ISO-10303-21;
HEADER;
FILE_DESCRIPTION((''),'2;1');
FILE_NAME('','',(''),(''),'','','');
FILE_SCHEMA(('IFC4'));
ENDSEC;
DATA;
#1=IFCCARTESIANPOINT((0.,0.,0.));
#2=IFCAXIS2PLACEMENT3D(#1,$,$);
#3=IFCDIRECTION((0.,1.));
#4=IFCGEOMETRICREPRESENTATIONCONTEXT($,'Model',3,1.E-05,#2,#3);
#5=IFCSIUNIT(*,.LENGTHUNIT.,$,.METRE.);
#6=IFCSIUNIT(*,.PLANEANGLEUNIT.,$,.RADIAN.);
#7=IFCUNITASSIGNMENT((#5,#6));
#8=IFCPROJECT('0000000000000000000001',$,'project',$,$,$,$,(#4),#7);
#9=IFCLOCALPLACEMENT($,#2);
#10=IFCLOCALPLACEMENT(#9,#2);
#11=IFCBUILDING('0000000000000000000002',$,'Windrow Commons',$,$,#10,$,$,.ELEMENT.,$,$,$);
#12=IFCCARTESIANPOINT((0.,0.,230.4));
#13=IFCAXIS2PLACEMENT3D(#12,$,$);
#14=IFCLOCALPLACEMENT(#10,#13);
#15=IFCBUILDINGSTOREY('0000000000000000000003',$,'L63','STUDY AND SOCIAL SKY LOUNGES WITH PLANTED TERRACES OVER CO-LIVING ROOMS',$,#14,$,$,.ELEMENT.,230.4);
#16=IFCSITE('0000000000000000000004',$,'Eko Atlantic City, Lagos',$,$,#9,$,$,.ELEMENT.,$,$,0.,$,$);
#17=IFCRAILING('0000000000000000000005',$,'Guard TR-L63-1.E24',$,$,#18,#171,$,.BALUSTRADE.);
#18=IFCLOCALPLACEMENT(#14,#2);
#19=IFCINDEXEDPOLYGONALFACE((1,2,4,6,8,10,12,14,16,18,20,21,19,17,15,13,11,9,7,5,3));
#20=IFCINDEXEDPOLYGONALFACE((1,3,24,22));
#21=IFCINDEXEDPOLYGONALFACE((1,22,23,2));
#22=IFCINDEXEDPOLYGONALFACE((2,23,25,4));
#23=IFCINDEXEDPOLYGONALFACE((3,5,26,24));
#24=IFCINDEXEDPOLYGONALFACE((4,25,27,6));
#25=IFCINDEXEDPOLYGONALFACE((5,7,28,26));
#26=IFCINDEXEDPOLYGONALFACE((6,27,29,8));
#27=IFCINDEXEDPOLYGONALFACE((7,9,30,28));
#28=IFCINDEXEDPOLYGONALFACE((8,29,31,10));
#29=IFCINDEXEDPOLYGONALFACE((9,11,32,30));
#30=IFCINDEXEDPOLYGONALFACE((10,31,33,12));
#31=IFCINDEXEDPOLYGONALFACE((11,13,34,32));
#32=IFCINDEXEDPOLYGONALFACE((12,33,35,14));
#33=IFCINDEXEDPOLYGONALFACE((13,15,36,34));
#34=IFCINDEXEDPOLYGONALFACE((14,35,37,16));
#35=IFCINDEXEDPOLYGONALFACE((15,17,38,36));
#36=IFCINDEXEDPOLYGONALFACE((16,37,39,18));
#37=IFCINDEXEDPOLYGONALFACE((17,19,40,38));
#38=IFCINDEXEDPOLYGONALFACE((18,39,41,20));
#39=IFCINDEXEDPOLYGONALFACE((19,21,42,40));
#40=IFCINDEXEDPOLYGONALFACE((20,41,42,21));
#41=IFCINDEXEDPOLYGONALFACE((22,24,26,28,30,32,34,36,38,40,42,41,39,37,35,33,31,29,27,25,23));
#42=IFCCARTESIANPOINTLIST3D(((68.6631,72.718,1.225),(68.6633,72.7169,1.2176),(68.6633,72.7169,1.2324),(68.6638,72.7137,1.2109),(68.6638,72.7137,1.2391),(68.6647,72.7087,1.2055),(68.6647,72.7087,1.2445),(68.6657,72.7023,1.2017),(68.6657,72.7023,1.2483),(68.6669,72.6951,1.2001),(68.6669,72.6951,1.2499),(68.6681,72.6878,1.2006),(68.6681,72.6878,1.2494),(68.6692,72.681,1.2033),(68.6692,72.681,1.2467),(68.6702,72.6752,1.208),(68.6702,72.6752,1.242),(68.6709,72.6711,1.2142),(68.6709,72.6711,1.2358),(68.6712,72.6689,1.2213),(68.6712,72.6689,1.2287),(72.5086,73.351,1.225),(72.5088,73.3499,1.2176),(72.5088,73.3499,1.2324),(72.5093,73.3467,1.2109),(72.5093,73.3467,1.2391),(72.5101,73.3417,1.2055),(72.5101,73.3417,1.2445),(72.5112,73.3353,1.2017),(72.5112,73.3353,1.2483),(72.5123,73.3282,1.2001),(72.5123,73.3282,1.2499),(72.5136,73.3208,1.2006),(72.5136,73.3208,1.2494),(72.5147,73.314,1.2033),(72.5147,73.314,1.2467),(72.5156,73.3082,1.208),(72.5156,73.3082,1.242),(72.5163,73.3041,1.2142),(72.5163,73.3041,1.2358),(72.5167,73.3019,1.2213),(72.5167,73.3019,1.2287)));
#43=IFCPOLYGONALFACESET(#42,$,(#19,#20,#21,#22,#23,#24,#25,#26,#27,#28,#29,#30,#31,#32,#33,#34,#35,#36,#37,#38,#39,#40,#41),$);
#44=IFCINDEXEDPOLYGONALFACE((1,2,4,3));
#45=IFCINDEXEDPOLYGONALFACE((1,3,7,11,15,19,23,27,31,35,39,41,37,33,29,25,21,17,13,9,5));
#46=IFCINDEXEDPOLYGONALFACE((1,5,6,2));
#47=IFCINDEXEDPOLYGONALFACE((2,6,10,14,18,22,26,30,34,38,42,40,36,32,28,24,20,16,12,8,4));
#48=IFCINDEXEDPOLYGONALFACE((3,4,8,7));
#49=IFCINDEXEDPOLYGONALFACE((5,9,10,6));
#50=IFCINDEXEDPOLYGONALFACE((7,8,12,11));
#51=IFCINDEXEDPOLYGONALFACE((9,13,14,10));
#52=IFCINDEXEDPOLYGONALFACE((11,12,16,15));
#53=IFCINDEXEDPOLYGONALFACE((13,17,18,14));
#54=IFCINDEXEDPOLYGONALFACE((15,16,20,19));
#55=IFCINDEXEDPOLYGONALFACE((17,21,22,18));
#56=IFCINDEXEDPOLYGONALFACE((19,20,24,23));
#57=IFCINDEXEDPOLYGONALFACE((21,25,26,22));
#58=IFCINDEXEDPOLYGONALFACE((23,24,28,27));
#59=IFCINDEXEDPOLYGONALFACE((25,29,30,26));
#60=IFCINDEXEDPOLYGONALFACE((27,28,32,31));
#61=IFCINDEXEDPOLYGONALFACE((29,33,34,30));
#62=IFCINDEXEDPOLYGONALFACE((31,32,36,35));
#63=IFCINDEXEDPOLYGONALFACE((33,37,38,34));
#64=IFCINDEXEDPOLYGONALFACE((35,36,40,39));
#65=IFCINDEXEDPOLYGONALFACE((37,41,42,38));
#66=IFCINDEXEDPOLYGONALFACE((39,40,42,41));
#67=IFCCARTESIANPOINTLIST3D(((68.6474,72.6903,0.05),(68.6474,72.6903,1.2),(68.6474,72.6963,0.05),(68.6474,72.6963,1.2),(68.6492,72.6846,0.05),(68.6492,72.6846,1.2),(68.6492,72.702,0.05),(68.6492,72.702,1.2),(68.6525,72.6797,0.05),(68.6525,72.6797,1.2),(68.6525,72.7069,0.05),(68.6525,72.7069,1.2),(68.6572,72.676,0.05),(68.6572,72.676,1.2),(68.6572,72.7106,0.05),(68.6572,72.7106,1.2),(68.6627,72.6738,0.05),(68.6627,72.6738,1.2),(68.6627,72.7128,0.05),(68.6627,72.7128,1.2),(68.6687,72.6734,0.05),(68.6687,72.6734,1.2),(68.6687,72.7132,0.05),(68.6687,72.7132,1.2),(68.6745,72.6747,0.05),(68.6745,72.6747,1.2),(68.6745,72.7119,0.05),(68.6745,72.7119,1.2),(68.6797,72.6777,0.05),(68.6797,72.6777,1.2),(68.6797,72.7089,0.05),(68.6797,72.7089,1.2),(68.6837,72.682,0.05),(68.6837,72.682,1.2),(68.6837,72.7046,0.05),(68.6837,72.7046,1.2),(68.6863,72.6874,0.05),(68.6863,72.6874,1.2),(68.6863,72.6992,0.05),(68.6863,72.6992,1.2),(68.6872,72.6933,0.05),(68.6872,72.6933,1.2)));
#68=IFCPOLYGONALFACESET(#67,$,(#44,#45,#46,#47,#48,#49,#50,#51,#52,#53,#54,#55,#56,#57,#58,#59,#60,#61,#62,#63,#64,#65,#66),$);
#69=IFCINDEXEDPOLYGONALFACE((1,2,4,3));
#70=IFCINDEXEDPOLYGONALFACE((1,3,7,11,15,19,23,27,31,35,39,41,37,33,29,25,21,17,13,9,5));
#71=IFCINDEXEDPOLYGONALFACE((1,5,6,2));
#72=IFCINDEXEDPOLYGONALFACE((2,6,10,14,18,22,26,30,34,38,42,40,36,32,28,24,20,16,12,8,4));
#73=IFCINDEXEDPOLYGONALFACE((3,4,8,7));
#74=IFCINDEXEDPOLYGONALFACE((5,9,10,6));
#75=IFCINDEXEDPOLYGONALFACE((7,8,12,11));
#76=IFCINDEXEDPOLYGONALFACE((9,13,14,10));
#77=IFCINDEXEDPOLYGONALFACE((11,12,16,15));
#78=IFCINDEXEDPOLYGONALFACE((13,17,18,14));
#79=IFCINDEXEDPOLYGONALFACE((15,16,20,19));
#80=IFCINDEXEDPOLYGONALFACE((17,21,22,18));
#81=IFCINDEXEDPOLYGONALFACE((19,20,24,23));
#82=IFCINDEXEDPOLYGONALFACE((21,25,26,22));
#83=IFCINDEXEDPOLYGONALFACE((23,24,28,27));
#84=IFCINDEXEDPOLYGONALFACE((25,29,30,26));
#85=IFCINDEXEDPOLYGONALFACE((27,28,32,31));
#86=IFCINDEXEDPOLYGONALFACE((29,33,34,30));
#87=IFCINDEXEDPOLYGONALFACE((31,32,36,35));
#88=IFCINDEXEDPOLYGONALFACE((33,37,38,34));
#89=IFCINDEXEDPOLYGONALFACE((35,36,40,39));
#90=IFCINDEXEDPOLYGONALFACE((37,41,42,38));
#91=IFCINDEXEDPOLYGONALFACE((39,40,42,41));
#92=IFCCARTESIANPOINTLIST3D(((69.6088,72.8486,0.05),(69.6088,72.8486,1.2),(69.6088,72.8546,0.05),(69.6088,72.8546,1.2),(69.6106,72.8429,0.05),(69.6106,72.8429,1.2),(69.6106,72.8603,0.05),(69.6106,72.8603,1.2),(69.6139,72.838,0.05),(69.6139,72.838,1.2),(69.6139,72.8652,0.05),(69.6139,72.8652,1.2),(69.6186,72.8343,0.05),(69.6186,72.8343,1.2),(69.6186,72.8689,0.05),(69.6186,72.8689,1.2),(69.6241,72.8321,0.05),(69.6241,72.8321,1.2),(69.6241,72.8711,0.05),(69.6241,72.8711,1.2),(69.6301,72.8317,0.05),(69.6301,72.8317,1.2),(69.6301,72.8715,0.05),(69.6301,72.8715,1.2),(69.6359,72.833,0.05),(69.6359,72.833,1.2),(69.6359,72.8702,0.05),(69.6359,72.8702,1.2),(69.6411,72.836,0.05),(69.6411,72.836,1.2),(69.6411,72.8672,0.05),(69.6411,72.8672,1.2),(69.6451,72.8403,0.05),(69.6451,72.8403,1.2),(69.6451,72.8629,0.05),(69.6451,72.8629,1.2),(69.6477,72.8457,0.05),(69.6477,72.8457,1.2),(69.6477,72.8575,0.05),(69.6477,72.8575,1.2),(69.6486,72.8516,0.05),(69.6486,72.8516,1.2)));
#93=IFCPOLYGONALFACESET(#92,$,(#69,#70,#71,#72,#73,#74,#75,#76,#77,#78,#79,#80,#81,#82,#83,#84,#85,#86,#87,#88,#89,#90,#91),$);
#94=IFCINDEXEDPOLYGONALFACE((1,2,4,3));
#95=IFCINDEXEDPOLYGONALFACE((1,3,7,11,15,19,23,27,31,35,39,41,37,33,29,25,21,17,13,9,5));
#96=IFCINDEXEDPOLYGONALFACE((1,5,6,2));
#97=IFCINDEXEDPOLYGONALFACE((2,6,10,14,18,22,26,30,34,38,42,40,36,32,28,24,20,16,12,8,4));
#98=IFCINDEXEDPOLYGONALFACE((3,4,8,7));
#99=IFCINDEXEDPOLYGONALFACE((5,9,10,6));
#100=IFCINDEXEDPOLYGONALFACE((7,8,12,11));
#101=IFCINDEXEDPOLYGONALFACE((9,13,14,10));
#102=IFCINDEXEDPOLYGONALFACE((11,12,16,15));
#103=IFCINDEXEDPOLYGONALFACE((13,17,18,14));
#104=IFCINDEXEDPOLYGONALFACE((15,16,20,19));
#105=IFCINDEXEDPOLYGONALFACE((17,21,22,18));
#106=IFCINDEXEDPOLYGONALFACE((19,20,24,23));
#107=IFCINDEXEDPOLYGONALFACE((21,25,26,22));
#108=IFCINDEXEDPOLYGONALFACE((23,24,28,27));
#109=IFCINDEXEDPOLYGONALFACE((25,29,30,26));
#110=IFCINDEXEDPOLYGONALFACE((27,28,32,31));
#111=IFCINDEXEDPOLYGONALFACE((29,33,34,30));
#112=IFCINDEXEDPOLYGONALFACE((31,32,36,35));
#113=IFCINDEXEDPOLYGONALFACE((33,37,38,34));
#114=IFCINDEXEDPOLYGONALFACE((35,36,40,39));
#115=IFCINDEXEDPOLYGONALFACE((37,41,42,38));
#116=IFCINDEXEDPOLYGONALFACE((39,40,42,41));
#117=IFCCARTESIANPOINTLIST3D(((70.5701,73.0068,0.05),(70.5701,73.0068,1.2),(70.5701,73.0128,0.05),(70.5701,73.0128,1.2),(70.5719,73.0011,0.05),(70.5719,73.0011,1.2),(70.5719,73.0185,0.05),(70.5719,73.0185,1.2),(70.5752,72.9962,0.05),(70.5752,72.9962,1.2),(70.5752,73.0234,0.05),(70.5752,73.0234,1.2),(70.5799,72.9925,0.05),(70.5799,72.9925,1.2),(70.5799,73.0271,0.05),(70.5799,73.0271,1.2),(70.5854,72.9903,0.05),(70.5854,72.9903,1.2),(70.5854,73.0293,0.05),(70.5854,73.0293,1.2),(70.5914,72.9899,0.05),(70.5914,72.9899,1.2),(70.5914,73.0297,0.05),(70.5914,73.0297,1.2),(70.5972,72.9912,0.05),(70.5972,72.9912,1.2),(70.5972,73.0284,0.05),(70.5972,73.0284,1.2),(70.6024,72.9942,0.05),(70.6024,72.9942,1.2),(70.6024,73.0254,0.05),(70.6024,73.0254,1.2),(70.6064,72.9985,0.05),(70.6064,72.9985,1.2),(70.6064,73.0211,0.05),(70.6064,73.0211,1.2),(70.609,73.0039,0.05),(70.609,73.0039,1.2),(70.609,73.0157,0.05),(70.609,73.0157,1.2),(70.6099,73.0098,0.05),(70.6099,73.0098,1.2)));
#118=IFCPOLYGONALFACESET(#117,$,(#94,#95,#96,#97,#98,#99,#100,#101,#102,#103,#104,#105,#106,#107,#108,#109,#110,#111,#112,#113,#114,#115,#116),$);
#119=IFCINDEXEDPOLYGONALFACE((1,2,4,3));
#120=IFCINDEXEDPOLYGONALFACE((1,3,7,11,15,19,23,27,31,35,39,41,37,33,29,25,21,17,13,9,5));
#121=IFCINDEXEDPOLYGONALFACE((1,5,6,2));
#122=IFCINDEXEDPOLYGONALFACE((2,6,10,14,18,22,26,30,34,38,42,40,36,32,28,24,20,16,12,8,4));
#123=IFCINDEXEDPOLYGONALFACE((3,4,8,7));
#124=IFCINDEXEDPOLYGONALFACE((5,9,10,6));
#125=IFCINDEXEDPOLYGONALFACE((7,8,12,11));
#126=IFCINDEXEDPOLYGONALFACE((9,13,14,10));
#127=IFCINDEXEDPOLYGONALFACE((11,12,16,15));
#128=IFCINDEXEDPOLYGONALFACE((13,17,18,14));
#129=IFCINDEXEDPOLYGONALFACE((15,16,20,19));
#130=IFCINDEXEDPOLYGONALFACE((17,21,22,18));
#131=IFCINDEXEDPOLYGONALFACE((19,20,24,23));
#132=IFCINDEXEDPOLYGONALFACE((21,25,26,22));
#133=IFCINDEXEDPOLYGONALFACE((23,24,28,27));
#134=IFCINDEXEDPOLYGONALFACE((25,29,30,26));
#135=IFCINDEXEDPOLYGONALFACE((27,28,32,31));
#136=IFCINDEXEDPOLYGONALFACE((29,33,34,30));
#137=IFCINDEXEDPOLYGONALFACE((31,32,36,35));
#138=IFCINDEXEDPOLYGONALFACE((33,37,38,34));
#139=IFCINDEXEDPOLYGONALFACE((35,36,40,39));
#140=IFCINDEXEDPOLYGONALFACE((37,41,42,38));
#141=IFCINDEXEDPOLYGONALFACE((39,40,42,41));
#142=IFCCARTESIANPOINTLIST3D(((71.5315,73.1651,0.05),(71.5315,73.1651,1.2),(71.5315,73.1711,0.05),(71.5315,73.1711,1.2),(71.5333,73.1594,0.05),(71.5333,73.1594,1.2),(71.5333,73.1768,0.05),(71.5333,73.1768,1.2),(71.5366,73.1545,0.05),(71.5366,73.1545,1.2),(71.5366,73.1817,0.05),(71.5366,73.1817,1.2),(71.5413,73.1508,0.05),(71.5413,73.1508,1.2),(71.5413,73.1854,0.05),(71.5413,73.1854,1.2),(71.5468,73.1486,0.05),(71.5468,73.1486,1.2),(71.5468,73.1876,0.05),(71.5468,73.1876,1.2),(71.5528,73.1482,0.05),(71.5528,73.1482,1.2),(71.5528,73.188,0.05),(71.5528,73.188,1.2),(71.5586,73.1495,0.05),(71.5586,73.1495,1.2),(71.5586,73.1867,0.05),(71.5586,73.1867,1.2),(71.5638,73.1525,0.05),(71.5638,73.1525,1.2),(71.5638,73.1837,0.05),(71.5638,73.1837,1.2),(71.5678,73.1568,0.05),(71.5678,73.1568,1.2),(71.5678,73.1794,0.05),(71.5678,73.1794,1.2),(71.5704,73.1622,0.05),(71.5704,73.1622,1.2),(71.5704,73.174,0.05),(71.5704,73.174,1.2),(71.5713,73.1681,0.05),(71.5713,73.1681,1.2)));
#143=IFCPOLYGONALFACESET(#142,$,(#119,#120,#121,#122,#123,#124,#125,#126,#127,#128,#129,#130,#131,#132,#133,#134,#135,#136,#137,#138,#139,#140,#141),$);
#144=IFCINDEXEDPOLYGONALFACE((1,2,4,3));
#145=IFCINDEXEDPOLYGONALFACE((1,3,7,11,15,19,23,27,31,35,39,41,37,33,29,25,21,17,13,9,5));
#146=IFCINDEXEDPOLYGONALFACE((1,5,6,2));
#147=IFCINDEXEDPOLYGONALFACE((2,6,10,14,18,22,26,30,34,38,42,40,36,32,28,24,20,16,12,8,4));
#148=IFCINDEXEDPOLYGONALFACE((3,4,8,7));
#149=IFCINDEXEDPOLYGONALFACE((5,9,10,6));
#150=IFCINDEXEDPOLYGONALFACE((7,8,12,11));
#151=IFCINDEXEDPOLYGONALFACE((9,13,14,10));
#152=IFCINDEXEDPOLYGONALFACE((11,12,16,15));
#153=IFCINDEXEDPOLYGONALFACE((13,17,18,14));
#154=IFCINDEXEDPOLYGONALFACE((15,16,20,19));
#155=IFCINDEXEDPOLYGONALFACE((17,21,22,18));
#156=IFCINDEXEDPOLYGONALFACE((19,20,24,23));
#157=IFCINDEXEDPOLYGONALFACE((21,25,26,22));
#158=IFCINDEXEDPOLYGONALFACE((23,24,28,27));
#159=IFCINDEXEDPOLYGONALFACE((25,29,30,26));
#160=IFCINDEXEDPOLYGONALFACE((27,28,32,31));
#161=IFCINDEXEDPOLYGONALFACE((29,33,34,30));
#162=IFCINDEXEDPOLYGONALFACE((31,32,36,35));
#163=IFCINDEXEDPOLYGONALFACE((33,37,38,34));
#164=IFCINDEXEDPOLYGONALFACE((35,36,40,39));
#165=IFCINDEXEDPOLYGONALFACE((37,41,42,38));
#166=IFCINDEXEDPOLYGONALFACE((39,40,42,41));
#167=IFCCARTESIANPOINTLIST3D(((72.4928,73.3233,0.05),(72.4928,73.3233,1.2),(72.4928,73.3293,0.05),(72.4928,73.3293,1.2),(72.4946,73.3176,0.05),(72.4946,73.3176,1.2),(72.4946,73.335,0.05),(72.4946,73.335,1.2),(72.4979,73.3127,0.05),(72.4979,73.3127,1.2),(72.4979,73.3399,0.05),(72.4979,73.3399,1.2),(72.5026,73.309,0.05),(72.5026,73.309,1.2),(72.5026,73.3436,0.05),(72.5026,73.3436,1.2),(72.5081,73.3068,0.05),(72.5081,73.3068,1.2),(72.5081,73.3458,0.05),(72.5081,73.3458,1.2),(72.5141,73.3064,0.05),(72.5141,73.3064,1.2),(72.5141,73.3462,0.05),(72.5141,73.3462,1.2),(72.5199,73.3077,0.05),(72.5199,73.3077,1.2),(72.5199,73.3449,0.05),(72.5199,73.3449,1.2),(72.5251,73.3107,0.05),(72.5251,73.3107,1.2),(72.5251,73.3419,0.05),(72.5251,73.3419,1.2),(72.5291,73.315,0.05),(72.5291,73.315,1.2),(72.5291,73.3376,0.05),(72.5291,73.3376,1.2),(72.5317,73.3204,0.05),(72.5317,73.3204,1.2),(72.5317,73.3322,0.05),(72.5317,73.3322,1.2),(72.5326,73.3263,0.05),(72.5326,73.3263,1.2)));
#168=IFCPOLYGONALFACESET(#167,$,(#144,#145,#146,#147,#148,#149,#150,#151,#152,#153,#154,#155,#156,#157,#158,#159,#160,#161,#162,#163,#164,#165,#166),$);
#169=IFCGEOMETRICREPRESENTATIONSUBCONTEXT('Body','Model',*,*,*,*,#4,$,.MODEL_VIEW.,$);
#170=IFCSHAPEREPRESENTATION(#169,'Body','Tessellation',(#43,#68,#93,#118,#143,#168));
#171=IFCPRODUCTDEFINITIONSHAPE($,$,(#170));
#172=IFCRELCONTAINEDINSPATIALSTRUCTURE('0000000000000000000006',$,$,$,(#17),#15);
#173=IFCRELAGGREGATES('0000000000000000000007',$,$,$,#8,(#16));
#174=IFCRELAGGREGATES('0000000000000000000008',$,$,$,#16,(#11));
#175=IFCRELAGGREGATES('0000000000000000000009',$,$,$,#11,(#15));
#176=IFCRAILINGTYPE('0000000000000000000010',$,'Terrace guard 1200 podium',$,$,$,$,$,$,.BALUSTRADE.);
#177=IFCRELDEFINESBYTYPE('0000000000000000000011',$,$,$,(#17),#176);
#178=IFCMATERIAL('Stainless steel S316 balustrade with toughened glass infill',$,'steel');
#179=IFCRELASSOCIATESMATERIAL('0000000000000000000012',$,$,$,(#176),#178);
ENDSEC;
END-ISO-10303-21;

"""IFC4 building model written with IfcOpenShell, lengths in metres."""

from ifc_helpers import new_model, si_unit, direction, frame, origin, origin_2d, place, context, subcontext, project, spatial, circle, extrude, material, type_object, element, save


model = new_model("IFC4")

# Units and contexts
model_context = context("Model", 3, precision=1e-05, world=origin(), true_north=direction((0.0, 1.0)))
body_context = subcontext(model_context, "Body", "Model", "MODEL_VIEW")
ifc_project = project(units=[si_unit("LENGTHUNIT", "METRE"), si_unit("PLANEANGLEUNIT", "RADIAN")], contexts=[model_context])

# Site, building, storey
site_placement = place(None, origin())
site = spatial("IfcSite", under=ifc_project, at=site_placement, Name="Eko Atlantic City, Lagos", CompositionType="ELEMENT", RefElevation=0.0)
building_placement = place(site_placement, origin())
building = spatial("IfcBuilding", under=site, at=building_placement, Name="Windrow Commons", CompositionType="ELEMENT")
storey_placement = place(building_placement, frame((0.0, 0.0, 230.4)))
storey = spatial("IfcBuildingStorey", under=building, at=storey_placement, Name="L63", Description="STUDY AND SOCIAL SKY LOUNGES WITH PLANTED TERRACES OVER CO-LIVING ROOMS", CompositionType="ELEMENT", Elevation=230.4)

# Railing
ifc_material_1 = material(Name="Stainless steel S316 balustrade with toughened glass infill", Category="steel")
railing_type_1 = type_object("IfcRailingType", Name="Terrace guard 1200 podium", PredefinedType="BALUSTRADE", material=ifc_material_1)
railing_1_placement = place(storey_placement, frame((68.6672, 72.6933, 0.05)))
element("IfcRailing", 1, at=railing_1_placement, inside=storey, type_object=railing_type_1, Name="Guard TR-L63-1.E24", PredefinedType="BALUSTRADE", context=body_context, shape_type="SweptSolid", body=[
    extrude(circle(Radius=0.025, at=origin_2d()), frame((0.0, 0.0, 1.175), z_axis=(0.986721, 0.162426, 0.0), x_axis=(-0.162426, 0.986721, 0.0)), (0.0, 0.0, 1.0), 3.8972),
    extrude(circle(Radius=0.02, at=origin_2d()), origin(), (0.0, 0.0, 1.0), 1.15),
    extrude(circle(Radius=0.02, at=origin_2d()), frame((0.9614, 0.1583, 0.0)), (0.0, 0.0, 1.0), 1.15),
    extrude(circle(Radius=0.02, at=origin_2d()), frame((1.9227, 0.3165, 0.0)), (0.0, 0.0, 1.0), 1.15),
    extrude(circle(Radius=0.02, at=origin_2d()), frame((2.8841, 0.4748, 0.0)), (0.0, 0.0, 1.0), 1.15),
    extrude(circle(Radius=0.02, at=origin_2d()), frame((3.8454, 0.633, 0.0)), (0.0, 0.0, 1.0), 1.15),
])

save(model, "model.ifc")
